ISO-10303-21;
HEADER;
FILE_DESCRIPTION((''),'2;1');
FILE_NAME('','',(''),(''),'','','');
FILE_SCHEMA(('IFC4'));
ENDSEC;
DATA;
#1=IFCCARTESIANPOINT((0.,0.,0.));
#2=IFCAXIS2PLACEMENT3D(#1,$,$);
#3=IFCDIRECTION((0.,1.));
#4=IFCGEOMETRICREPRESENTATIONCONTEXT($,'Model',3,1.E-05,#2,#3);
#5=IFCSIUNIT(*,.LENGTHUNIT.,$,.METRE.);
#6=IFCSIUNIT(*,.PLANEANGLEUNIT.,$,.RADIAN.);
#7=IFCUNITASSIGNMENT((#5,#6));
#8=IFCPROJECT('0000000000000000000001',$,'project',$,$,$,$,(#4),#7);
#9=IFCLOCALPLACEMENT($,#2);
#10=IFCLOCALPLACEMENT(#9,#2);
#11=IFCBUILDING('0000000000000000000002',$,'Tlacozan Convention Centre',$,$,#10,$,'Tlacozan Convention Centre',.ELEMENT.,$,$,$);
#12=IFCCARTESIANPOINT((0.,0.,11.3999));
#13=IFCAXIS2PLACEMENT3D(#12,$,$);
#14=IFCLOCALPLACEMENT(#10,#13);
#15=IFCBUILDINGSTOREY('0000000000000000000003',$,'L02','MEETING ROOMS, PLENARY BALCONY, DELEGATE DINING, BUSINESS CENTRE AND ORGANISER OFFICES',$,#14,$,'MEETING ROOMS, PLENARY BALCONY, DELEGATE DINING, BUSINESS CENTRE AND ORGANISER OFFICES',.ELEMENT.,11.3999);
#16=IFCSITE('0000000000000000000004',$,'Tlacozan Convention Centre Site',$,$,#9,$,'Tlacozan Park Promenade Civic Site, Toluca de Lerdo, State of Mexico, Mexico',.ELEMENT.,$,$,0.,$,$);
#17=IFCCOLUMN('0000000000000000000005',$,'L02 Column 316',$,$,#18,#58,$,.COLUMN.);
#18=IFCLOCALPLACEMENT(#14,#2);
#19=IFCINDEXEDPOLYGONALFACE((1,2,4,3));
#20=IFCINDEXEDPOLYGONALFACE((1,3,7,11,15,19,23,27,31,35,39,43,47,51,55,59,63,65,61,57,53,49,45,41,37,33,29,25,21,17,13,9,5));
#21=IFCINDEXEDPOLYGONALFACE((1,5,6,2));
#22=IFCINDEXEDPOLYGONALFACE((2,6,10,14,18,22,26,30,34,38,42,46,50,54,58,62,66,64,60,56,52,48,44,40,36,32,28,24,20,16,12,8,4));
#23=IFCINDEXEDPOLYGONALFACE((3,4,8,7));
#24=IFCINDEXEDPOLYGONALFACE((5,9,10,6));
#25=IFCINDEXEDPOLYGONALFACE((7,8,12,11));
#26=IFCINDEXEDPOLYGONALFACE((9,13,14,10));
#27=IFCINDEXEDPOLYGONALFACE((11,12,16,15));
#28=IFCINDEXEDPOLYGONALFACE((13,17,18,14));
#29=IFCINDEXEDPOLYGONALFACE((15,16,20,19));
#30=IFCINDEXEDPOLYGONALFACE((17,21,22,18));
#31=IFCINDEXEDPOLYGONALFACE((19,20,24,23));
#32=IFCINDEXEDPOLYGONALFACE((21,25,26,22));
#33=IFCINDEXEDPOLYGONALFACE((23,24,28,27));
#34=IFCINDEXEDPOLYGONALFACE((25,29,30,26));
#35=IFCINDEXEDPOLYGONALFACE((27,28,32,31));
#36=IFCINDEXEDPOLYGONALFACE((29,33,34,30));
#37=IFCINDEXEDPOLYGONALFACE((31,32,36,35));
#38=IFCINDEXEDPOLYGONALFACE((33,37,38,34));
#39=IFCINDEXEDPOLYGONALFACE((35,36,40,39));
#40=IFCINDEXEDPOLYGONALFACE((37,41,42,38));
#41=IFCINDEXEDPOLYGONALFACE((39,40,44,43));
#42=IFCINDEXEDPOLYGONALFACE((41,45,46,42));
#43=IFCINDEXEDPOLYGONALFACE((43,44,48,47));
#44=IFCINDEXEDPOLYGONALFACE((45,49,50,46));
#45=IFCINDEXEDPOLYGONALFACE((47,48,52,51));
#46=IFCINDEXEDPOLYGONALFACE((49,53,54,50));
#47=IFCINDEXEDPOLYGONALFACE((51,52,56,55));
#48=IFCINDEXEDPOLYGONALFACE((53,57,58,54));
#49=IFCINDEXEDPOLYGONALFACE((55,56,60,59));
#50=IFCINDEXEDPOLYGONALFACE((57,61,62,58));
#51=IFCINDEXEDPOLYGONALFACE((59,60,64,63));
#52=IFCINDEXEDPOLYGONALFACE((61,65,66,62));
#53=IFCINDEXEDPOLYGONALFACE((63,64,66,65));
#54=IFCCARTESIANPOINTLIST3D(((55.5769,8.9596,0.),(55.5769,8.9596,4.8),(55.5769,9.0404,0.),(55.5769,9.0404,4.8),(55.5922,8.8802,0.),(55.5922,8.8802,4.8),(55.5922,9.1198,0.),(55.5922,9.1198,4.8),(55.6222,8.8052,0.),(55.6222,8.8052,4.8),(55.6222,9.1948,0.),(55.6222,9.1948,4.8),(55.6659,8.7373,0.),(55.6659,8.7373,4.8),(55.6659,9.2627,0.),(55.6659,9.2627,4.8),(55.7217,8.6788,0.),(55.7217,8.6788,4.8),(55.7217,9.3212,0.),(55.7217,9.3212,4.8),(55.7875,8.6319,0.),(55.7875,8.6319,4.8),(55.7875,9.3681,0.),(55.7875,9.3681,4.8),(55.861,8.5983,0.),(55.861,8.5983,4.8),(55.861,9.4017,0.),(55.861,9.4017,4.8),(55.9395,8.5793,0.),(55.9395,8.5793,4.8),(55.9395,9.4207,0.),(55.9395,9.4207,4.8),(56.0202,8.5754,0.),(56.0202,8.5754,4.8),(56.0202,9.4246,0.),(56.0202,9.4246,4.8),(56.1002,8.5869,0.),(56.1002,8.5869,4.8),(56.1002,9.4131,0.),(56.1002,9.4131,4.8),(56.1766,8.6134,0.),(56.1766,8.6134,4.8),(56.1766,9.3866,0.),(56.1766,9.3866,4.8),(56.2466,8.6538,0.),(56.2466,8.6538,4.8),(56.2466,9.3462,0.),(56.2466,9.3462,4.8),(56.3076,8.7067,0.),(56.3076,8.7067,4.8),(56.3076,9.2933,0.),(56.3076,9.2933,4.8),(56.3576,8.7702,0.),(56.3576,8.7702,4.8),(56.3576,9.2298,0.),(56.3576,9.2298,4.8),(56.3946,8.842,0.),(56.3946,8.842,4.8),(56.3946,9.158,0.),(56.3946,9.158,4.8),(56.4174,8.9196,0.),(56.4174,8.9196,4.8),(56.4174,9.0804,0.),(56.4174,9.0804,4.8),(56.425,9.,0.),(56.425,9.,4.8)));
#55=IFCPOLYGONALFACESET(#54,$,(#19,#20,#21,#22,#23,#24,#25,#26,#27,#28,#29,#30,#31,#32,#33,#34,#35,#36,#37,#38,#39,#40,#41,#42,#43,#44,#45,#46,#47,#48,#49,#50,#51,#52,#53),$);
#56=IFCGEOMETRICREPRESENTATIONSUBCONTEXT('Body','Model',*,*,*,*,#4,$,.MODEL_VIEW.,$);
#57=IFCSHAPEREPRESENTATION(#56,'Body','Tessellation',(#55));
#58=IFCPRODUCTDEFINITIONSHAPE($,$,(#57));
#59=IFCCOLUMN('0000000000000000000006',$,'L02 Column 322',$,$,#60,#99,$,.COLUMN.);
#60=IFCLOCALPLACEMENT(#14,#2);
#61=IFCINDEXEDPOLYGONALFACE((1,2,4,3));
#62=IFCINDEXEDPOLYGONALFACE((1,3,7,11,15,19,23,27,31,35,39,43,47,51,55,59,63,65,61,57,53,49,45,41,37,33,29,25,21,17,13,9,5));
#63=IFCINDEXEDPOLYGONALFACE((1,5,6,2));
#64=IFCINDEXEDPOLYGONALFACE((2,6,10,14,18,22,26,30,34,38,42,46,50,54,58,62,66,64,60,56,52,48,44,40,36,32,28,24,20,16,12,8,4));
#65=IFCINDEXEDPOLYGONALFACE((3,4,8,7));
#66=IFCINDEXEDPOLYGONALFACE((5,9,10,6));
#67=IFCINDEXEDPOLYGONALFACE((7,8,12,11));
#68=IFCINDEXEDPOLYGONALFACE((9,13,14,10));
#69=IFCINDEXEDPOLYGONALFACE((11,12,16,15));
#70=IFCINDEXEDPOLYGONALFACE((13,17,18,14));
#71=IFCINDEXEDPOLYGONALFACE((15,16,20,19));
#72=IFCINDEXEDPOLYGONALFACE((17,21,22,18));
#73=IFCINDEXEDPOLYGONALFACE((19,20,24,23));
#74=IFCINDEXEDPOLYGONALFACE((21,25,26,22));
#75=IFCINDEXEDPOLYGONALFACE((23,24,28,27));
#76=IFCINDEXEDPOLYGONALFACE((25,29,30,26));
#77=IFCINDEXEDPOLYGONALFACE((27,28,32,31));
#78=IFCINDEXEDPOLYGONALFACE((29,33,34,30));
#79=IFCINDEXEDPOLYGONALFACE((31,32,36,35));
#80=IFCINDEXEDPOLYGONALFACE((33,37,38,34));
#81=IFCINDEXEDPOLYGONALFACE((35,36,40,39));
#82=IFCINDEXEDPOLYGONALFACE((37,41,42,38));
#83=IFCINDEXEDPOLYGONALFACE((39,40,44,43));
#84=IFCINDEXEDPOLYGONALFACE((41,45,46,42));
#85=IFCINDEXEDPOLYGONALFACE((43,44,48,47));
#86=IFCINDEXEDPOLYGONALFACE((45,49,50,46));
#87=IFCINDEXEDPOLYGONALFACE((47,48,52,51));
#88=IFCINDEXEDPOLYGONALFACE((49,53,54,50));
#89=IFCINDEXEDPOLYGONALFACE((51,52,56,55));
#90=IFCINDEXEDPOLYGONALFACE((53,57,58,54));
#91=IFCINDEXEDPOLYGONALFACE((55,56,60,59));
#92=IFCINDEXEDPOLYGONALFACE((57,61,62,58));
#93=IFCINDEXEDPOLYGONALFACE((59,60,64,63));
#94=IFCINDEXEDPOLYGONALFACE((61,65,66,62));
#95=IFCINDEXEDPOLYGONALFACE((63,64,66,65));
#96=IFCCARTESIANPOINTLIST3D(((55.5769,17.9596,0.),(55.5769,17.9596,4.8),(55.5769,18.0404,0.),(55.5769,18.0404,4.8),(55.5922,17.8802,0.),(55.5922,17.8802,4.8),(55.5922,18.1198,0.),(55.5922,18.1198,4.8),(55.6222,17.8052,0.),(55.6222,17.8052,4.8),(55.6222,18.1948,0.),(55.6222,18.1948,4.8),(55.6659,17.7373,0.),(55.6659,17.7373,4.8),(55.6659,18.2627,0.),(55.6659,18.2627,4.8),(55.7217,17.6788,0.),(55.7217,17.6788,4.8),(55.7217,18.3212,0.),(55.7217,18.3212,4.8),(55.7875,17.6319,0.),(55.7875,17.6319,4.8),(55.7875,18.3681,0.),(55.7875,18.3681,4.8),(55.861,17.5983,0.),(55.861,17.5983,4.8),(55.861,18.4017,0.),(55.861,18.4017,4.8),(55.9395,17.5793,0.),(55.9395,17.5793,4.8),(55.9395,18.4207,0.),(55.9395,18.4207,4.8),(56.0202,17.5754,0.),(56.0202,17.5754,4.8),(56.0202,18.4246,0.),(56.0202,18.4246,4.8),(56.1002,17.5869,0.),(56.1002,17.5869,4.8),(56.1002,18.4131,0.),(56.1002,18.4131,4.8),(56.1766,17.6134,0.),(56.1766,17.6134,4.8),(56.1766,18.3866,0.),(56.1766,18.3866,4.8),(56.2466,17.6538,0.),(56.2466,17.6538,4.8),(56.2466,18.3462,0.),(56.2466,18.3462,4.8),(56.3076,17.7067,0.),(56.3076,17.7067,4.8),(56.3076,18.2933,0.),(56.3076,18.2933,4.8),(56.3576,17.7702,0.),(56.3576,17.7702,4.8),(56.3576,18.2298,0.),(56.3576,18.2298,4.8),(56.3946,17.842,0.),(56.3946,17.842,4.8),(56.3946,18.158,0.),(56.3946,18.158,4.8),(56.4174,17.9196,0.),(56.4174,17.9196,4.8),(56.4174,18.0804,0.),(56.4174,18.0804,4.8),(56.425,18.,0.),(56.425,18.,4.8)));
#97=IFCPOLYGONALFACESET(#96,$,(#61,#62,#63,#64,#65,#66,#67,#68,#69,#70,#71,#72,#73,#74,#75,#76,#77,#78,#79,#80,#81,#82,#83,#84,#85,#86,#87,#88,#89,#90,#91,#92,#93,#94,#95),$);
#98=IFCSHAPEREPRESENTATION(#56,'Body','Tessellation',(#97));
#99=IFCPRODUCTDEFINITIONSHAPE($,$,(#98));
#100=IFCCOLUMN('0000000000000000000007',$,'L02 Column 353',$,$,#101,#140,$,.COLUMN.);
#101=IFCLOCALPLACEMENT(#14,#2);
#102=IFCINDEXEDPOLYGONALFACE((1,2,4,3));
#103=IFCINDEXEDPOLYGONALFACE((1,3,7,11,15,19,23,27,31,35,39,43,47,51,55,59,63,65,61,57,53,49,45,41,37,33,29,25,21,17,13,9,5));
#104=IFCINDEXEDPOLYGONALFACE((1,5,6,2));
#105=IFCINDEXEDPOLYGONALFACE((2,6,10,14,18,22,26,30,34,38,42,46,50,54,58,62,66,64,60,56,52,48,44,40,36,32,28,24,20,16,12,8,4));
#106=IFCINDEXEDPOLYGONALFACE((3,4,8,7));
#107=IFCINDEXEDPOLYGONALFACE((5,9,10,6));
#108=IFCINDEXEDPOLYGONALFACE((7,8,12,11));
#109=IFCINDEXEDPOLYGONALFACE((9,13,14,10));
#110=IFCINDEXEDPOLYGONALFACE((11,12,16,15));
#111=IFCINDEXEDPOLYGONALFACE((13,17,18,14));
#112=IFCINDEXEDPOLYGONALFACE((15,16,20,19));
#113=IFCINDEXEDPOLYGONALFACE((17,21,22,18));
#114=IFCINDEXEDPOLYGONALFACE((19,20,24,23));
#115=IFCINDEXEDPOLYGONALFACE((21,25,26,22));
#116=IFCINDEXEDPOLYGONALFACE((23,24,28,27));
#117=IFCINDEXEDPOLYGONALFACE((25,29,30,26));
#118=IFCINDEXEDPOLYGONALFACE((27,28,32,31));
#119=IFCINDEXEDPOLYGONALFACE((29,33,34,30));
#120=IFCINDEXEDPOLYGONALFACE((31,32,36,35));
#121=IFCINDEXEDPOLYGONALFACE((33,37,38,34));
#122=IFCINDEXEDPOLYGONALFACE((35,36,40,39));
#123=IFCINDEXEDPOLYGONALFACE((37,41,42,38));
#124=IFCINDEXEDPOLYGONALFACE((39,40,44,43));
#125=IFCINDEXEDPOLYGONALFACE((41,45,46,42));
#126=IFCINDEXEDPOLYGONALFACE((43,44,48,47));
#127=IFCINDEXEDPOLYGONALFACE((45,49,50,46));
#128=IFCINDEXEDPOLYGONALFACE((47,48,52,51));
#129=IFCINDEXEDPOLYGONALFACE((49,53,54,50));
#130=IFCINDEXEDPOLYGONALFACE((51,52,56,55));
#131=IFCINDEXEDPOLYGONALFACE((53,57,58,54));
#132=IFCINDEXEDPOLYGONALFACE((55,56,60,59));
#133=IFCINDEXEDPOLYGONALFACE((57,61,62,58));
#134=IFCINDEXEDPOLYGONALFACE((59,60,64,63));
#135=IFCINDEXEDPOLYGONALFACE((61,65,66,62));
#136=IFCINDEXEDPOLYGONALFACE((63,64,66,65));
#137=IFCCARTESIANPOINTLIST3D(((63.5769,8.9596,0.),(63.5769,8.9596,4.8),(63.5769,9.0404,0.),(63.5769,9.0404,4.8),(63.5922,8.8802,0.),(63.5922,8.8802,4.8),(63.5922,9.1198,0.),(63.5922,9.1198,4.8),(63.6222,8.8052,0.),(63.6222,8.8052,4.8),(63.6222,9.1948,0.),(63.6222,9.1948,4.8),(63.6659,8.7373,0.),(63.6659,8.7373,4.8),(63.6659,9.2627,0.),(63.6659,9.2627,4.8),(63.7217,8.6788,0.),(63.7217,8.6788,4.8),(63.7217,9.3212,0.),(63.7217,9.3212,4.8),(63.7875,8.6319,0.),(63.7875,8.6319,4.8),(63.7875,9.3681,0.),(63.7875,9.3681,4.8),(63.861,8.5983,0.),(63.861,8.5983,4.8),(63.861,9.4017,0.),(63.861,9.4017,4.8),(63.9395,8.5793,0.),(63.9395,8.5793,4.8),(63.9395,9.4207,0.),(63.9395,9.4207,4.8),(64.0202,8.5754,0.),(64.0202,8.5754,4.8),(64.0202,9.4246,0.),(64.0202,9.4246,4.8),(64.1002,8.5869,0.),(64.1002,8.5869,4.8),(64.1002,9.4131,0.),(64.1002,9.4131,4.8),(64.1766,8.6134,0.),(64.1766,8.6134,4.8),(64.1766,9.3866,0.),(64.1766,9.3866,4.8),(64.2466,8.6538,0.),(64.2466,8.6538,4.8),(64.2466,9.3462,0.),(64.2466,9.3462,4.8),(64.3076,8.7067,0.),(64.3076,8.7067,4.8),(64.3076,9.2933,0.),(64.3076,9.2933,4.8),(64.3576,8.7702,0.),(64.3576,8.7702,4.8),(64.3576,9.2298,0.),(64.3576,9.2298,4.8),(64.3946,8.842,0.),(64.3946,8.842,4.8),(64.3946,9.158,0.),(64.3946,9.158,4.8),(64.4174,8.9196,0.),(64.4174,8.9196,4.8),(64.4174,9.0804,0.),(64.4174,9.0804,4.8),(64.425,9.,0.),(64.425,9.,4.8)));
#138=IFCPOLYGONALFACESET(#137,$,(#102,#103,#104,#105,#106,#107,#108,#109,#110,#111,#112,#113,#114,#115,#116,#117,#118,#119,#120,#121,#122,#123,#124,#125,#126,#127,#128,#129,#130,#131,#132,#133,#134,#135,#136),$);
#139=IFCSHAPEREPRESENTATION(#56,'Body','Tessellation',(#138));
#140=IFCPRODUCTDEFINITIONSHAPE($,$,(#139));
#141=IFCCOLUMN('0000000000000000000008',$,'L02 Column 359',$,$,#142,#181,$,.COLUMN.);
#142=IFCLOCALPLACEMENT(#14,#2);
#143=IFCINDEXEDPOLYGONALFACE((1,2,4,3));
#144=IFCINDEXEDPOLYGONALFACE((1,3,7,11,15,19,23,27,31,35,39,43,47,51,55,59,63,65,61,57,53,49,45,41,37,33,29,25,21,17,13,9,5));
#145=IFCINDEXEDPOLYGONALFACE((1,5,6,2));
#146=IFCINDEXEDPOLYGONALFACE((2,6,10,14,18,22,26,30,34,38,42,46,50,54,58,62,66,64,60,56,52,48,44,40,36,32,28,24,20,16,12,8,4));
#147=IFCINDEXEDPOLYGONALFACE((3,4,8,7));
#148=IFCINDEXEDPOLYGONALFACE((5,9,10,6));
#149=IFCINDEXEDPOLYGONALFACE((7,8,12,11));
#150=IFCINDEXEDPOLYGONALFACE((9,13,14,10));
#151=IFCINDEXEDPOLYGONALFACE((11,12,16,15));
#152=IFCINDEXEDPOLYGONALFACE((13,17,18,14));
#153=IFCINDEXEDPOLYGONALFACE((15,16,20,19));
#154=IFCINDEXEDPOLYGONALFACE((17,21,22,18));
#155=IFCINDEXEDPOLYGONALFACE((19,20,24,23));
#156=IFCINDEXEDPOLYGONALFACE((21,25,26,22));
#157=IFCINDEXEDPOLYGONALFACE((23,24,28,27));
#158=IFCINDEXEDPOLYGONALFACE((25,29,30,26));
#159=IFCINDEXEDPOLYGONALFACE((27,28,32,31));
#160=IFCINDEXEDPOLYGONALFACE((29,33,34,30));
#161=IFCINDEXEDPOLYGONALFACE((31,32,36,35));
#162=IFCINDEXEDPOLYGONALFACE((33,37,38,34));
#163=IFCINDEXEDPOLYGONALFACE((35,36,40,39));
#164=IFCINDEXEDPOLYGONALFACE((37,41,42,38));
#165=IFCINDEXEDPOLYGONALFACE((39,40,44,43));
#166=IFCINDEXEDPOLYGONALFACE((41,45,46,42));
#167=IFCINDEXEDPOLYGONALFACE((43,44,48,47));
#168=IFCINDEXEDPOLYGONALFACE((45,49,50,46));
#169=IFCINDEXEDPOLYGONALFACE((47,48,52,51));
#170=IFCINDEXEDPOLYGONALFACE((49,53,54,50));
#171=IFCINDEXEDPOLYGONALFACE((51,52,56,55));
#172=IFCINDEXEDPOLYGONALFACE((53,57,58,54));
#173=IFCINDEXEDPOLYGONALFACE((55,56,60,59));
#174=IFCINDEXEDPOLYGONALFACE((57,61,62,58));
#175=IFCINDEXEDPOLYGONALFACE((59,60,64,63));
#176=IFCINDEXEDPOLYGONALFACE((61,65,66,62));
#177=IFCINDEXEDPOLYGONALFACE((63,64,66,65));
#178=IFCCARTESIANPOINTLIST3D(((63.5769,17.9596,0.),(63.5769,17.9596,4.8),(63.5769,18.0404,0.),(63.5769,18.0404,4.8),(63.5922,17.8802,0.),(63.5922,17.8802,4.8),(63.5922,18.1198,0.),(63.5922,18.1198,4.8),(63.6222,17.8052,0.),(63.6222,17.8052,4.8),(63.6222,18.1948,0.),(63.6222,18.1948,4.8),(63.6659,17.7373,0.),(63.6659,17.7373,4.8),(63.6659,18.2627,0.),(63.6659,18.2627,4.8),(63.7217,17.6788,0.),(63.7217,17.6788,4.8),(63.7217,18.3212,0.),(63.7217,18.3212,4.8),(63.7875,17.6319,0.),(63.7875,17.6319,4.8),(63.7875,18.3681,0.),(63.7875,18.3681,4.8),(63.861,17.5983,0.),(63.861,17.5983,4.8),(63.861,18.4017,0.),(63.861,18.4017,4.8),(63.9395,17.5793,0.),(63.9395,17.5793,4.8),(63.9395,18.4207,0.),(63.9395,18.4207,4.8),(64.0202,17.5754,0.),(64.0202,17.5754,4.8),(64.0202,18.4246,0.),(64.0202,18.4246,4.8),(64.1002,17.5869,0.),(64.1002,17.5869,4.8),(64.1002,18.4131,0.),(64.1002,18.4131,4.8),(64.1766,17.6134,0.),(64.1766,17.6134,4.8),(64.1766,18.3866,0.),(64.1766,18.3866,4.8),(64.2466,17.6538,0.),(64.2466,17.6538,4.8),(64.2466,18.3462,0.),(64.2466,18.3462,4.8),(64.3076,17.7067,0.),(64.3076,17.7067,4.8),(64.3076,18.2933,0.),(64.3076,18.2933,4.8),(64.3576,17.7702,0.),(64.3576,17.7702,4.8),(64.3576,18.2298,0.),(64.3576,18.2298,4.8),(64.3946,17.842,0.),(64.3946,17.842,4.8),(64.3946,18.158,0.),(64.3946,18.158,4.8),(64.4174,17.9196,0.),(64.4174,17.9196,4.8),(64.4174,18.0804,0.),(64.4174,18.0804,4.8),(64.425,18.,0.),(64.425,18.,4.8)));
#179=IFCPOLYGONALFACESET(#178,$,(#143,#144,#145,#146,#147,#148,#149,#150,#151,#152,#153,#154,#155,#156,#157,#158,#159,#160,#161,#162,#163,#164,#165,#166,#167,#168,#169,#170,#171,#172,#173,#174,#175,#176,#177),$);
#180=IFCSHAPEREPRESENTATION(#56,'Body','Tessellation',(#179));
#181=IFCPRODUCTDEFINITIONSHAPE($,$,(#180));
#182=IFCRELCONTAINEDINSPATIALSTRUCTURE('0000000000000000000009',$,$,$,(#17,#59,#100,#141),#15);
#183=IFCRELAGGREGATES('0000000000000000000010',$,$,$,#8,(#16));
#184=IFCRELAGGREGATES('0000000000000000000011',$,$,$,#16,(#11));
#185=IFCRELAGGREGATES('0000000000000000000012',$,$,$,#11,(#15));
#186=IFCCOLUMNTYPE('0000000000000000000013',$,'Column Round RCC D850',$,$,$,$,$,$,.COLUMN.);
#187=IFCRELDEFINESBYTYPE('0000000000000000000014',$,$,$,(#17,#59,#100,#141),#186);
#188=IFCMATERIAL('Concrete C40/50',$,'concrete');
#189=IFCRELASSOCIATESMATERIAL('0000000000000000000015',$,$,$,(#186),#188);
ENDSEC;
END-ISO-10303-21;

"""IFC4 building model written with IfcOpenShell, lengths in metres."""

from ifc_helpers import new_model, si_unit, direction, frame, origin, origin_2d, place, context, subcontext, project, spatial, circle, extrude, material, material_profile, profile_set, type_object, element, save


model = new_model("IFC4")

# Units and contexts
model_context = context("Model", 3, precision=1e-05, world=origin(), true_north=direction((0.0, 1.0)))
body_context = subcontext(model_context, "Body", "Model", "MODEL_VIEW")
ifc_project = project(units=[si_unit("LENGTHUNIT", "METRE"), si_unit("PLANEANGLEUNIT", "RADIAN")], contexts=[model_context])

# Site, building, storey
site_placement = place(None, origin())
site = spatial("IfcSite", under=ifc_project, at=site_placement, Name="Tlacozan Convention Centre Site", LongName="Tlacozan Park Promenade Civic Site, Toluca de Lerdo, State of Mexico, Mexico", CompositionType="ELEMENT", RefElevation=0.0)
building_placement = place(site_placement, origin())
building = spatial("IfcBuilding", under=site, at=building_placement, Name="Tlacozan Convention Centre", LongName="Tlacozan Convention Centre", CompositionType="ELEMENT")
storey_placement = place(building_placement, frame((0.0, 0.0, 11.3999)))
storey = spatial("IfcBuildingStorey", under=building, at=storey_placement, Name="L02", Description="MEETING ROOMS, PLENARY BALCONY, DELEGATE DINING, BUSINESS CENTRE AND ORGANISER OFFICES", LongName="MEETING ROOMS, PLENARY BALCONY, DELEGATE DINING, BUSINESS CENTRE AND ORGANISER OFFICES", CompositionType="ELEMENT", Elevation=11.3999)

# Columns
ifc_material_1 = material(Name="Concrete C40/50", Category="concrete")
ifc_material_profile_1 = material_profile(ifc_material_1, circle(Radius=0.425, at=origin_2d()), Name="RCC D850")
ifc_profile_set_1 = profile_set([ifc_material_profile_1], Name="Concrete C40/50")
column_type = type_object("IfcColumnType", Name="Column Round RCC D850", PredefinedType="COLUMN", material=ifc_profile_set_1)
for number, where, z_axis, x_axis, name in (
    (1, (56.0, 9.0, 0.0), (0.0, 0.0, 1.0), (1.0, 0.0, 0.0), "L02 Column 316"),
    (2, (56.0, 18.0, 0.0), (0.0, 0.0, 1.0), (1.0, 0.0, 0.0), "L02 Column 322"),
    (3, (64.0, 9.0, 0.0), (0.0, 0.0, 1.0), (1.0, 0.0, 0.0), "L02 Column 353"),
    (4, (64.0, 18.0, 0.0), (0.0, 0.0, 1.0), (1.0, 0.0, 0.0), "L02 Column 359"),
):
    element("IfcColumn", number, at=place(storey_placement, frame(where, z_axis=z_axis, x_axis=x_axis)), inside=storey, type_object=column_type, Name=name, PredefinedType="COLUMN", context=body_context, shape_type="SweptSolid", body=[
        extrude(circle(Radius=0.425, at=origin_2d()), origin(), (0.0, 0.0, 1.0), 4.8),
    ])

save(model, "model.ifc")
